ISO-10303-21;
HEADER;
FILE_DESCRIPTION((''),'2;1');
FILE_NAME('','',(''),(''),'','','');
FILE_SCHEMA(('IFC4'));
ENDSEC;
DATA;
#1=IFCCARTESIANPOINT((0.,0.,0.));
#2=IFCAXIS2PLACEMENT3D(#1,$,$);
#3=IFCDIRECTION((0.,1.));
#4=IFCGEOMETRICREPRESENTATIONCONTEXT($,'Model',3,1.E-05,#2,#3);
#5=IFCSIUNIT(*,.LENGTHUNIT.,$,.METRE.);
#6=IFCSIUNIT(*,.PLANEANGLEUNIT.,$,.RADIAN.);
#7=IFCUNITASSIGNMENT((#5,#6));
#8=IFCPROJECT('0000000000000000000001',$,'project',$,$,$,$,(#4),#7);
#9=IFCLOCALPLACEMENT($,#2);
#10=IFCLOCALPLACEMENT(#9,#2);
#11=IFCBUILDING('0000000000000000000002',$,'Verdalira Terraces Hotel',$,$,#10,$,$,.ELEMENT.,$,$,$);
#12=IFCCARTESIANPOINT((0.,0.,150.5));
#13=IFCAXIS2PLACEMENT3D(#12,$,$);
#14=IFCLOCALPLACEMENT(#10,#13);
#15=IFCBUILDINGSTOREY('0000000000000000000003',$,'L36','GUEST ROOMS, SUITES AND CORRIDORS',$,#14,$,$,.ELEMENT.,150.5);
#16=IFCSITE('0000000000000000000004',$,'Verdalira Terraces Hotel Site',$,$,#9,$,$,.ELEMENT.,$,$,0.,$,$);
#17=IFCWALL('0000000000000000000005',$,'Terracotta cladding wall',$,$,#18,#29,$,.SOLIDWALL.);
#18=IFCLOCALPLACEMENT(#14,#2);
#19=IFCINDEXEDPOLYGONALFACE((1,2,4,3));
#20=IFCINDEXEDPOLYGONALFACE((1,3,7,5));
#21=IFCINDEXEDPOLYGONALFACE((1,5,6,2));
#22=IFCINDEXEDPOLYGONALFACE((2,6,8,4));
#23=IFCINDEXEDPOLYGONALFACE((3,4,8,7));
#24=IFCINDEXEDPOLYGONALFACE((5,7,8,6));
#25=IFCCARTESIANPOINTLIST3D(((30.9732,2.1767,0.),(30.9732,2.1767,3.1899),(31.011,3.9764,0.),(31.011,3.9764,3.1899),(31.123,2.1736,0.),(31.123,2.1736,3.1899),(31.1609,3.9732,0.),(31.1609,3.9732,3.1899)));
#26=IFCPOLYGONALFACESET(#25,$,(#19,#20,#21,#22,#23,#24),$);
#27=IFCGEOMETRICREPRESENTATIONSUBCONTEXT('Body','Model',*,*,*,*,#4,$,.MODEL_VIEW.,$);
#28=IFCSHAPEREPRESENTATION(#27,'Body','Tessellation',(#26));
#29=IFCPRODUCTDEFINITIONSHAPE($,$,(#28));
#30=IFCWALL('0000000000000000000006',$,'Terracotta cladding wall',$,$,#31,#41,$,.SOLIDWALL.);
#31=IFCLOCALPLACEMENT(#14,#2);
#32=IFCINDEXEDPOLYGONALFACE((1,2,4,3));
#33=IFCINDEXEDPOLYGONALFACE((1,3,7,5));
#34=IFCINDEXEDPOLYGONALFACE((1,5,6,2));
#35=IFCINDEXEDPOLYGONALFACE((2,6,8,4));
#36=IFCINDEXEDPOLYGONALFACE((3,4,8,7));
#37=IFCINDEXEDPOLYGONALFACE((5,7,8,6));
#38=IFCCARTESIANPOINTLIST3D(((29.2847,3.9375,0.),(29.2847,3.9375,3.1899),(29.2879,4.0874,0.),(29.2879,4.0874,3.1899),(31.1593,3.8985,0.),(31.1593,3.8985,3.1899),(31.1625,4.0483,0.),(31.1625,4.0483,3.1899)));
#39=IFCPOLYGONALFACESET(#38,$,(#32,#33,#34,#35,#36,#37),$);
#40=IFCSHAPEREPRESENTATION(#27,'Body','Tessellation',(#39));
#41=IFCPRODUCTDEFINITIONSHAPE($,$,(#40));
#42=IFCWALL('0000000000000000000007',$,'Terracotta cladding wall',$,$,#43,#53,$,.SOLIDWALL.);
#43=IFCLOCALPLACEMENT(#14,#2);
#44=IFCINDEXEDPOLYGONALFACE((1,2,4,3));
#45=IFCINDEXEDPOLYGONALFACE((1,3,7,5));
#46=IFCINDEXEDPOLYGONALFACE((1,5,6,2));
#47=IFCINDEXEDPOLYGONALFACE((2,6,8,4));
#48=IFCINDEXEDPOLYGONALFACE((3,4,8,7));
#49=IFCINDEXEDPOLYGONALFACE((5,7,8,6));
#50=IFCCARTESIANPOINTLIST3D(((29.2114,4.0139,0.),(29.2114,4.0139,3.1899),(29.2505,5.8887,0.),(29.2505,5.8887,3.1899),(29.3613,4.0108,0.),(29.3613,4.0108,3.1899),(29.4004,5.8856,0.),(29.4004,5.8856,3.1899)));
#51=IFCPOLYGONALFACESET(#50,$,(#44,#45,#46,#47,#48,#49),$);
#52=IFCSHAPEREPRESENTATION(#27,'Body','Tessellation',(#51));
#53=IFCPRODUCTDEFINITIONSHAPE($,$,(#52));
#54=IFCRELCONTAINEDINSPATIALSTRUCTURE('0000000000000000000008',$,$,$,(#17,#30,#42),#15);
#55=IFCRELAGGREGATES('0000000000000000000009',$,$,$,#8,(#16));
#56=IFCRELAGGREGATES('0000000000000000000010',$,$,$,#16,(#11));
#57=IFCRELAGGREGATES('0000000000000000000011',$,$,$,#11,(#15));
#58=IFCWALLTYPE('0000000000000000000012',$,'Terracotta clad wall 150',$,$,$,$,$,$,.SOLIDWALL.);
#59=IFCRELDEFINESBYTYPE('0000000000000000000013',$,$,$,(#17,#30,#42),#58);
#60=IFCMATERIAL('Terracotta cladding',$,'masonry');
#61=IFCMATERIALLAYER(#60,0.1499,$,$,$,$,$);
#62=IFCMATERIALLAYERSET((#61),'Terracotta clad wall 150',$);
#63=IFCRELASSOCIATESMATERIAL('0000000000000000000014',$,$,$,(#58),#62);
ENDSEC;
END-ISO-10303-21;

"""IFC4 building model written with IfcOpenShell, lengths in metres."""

from ifc_helpers import new_model, si_unit, direction, frame, frame_2d, origin, place, context, subcontext, project, spatial, rectangle, extrude, material, layer, layer_set, type_object, element, save


model = new_model("IFC4")

# Units and contexts
model_context = context("Model", 3, precision=1e-05, world=origin(), true_north=direction((0.0, 1.0)))
body_context = subcontext(model_context, "Body", "Model", "MODEL_VIEW")
ifc_project = project(units=[si_unit("LENGTHUNIT", "METRE"), si_unit("PLANEANGLEUNIT", "RADIAN")], contexts=[model_context])

# Site, building, storey
site_placement = place(None, origin())
site = spatial("IfcSite", under=ifc_project, at=site_placement, Name="Verdalira Terraces Hotel Site", CompositionType="ELEMENT", RefElevation=0.0)
building_placement = place(site_placement, origin())
building = spatial("IfcBuilding", under=site, at=building_placement, Name="Verdalira Terraces Hotel", CompositionType="ELEMENT")
storey_placement = place(building_placement, frame((0.0, 0.0, 150.5)))
storey = spatial("IfcBuildingStorey", under=building, at=storey_placement, Name="L36", Description="GUEST ROOMS, SUITES AND CORRIDORS", CompositionType="ELEMENT", Elevation=150.5)

# Walls
ifc_material_1 = material(Name="Terracotta cladding", Category="masonry")
ifc_layer_1 = layer(ifc_material_1, 0.1499)
ifc_layer_set_1 = layer_set([ifc_layer_1], Name="Terracotta clad wall 150")
wall_type_1 = type_object("IfcWallType", Name="Terracotta clad wall 150", PredefinedType="SOLIDWALL", material=ifc_layer_set_1)
wall_1_placement = place(storey_placement, frame((31.0481, 2.1753, 0.0), z_axis=(0.0, 0.0, 1.0), x_axis=(0.021024, 0.999779, 0.0)))
element("IfcWall", 1, at=wall_1_placement, inside=storey, type_object=wall_type_1, Name="Terracotta cladding wall", PredefinedType="SOLIDWALL", context=body_context, shape_type="SweptSolid", body=[
    extrude(rectangle(XDim=1.8, YDim=0.1499, at=frame_2d((0.8999, 0.0))), origin(), (0.0, 0.0, 1.0), 3.1899),
])
wall_2_placement = place(storey_placement, frame((31.1609, 3.9734, 0.0), z_axis=(0.0, 0.0, 1.0), x_axis=(-0.999783, 0.020834, 0.0)))
element("IfcWall", 2, at=wall_2_placement, inside=storey, type_object=wall_type_1, Name="Terracotta cladding wall", PredefinedType="SOLIDWALL", context=body_context, shape_type="SweptSolid", body=[
    extrude(rectangle(XDim=1.875, YDim=0.1499, at=frame_2d((0.9375, 0.0))), origin(), (0.0, 0.0, 1.0), 3.1899),
])
wall_3_placement = place(storey_placement, frame((29.2864, 4.0125, 0.0), z_axis=(0.0, 0.0, 1.0), x_axis=(0.020832, 0.999783, 0.0)))
element("IfcWall", 3, at=wall_3_placement, inside=storey, type_object=wall_type_1, Name="Terracotta cladding wall", PredefinedType="SOLIDWALL", context=body_context, shape_type="SweptSolid", body=[
    extrude(rectangle(XDim=1.8752, YDim=0.1499, at=frame_2d((0.9375, 0.0))), origin(), (0.0, 0.0, 1.0), 3.1899),
])

save(model, "model.ifc")
